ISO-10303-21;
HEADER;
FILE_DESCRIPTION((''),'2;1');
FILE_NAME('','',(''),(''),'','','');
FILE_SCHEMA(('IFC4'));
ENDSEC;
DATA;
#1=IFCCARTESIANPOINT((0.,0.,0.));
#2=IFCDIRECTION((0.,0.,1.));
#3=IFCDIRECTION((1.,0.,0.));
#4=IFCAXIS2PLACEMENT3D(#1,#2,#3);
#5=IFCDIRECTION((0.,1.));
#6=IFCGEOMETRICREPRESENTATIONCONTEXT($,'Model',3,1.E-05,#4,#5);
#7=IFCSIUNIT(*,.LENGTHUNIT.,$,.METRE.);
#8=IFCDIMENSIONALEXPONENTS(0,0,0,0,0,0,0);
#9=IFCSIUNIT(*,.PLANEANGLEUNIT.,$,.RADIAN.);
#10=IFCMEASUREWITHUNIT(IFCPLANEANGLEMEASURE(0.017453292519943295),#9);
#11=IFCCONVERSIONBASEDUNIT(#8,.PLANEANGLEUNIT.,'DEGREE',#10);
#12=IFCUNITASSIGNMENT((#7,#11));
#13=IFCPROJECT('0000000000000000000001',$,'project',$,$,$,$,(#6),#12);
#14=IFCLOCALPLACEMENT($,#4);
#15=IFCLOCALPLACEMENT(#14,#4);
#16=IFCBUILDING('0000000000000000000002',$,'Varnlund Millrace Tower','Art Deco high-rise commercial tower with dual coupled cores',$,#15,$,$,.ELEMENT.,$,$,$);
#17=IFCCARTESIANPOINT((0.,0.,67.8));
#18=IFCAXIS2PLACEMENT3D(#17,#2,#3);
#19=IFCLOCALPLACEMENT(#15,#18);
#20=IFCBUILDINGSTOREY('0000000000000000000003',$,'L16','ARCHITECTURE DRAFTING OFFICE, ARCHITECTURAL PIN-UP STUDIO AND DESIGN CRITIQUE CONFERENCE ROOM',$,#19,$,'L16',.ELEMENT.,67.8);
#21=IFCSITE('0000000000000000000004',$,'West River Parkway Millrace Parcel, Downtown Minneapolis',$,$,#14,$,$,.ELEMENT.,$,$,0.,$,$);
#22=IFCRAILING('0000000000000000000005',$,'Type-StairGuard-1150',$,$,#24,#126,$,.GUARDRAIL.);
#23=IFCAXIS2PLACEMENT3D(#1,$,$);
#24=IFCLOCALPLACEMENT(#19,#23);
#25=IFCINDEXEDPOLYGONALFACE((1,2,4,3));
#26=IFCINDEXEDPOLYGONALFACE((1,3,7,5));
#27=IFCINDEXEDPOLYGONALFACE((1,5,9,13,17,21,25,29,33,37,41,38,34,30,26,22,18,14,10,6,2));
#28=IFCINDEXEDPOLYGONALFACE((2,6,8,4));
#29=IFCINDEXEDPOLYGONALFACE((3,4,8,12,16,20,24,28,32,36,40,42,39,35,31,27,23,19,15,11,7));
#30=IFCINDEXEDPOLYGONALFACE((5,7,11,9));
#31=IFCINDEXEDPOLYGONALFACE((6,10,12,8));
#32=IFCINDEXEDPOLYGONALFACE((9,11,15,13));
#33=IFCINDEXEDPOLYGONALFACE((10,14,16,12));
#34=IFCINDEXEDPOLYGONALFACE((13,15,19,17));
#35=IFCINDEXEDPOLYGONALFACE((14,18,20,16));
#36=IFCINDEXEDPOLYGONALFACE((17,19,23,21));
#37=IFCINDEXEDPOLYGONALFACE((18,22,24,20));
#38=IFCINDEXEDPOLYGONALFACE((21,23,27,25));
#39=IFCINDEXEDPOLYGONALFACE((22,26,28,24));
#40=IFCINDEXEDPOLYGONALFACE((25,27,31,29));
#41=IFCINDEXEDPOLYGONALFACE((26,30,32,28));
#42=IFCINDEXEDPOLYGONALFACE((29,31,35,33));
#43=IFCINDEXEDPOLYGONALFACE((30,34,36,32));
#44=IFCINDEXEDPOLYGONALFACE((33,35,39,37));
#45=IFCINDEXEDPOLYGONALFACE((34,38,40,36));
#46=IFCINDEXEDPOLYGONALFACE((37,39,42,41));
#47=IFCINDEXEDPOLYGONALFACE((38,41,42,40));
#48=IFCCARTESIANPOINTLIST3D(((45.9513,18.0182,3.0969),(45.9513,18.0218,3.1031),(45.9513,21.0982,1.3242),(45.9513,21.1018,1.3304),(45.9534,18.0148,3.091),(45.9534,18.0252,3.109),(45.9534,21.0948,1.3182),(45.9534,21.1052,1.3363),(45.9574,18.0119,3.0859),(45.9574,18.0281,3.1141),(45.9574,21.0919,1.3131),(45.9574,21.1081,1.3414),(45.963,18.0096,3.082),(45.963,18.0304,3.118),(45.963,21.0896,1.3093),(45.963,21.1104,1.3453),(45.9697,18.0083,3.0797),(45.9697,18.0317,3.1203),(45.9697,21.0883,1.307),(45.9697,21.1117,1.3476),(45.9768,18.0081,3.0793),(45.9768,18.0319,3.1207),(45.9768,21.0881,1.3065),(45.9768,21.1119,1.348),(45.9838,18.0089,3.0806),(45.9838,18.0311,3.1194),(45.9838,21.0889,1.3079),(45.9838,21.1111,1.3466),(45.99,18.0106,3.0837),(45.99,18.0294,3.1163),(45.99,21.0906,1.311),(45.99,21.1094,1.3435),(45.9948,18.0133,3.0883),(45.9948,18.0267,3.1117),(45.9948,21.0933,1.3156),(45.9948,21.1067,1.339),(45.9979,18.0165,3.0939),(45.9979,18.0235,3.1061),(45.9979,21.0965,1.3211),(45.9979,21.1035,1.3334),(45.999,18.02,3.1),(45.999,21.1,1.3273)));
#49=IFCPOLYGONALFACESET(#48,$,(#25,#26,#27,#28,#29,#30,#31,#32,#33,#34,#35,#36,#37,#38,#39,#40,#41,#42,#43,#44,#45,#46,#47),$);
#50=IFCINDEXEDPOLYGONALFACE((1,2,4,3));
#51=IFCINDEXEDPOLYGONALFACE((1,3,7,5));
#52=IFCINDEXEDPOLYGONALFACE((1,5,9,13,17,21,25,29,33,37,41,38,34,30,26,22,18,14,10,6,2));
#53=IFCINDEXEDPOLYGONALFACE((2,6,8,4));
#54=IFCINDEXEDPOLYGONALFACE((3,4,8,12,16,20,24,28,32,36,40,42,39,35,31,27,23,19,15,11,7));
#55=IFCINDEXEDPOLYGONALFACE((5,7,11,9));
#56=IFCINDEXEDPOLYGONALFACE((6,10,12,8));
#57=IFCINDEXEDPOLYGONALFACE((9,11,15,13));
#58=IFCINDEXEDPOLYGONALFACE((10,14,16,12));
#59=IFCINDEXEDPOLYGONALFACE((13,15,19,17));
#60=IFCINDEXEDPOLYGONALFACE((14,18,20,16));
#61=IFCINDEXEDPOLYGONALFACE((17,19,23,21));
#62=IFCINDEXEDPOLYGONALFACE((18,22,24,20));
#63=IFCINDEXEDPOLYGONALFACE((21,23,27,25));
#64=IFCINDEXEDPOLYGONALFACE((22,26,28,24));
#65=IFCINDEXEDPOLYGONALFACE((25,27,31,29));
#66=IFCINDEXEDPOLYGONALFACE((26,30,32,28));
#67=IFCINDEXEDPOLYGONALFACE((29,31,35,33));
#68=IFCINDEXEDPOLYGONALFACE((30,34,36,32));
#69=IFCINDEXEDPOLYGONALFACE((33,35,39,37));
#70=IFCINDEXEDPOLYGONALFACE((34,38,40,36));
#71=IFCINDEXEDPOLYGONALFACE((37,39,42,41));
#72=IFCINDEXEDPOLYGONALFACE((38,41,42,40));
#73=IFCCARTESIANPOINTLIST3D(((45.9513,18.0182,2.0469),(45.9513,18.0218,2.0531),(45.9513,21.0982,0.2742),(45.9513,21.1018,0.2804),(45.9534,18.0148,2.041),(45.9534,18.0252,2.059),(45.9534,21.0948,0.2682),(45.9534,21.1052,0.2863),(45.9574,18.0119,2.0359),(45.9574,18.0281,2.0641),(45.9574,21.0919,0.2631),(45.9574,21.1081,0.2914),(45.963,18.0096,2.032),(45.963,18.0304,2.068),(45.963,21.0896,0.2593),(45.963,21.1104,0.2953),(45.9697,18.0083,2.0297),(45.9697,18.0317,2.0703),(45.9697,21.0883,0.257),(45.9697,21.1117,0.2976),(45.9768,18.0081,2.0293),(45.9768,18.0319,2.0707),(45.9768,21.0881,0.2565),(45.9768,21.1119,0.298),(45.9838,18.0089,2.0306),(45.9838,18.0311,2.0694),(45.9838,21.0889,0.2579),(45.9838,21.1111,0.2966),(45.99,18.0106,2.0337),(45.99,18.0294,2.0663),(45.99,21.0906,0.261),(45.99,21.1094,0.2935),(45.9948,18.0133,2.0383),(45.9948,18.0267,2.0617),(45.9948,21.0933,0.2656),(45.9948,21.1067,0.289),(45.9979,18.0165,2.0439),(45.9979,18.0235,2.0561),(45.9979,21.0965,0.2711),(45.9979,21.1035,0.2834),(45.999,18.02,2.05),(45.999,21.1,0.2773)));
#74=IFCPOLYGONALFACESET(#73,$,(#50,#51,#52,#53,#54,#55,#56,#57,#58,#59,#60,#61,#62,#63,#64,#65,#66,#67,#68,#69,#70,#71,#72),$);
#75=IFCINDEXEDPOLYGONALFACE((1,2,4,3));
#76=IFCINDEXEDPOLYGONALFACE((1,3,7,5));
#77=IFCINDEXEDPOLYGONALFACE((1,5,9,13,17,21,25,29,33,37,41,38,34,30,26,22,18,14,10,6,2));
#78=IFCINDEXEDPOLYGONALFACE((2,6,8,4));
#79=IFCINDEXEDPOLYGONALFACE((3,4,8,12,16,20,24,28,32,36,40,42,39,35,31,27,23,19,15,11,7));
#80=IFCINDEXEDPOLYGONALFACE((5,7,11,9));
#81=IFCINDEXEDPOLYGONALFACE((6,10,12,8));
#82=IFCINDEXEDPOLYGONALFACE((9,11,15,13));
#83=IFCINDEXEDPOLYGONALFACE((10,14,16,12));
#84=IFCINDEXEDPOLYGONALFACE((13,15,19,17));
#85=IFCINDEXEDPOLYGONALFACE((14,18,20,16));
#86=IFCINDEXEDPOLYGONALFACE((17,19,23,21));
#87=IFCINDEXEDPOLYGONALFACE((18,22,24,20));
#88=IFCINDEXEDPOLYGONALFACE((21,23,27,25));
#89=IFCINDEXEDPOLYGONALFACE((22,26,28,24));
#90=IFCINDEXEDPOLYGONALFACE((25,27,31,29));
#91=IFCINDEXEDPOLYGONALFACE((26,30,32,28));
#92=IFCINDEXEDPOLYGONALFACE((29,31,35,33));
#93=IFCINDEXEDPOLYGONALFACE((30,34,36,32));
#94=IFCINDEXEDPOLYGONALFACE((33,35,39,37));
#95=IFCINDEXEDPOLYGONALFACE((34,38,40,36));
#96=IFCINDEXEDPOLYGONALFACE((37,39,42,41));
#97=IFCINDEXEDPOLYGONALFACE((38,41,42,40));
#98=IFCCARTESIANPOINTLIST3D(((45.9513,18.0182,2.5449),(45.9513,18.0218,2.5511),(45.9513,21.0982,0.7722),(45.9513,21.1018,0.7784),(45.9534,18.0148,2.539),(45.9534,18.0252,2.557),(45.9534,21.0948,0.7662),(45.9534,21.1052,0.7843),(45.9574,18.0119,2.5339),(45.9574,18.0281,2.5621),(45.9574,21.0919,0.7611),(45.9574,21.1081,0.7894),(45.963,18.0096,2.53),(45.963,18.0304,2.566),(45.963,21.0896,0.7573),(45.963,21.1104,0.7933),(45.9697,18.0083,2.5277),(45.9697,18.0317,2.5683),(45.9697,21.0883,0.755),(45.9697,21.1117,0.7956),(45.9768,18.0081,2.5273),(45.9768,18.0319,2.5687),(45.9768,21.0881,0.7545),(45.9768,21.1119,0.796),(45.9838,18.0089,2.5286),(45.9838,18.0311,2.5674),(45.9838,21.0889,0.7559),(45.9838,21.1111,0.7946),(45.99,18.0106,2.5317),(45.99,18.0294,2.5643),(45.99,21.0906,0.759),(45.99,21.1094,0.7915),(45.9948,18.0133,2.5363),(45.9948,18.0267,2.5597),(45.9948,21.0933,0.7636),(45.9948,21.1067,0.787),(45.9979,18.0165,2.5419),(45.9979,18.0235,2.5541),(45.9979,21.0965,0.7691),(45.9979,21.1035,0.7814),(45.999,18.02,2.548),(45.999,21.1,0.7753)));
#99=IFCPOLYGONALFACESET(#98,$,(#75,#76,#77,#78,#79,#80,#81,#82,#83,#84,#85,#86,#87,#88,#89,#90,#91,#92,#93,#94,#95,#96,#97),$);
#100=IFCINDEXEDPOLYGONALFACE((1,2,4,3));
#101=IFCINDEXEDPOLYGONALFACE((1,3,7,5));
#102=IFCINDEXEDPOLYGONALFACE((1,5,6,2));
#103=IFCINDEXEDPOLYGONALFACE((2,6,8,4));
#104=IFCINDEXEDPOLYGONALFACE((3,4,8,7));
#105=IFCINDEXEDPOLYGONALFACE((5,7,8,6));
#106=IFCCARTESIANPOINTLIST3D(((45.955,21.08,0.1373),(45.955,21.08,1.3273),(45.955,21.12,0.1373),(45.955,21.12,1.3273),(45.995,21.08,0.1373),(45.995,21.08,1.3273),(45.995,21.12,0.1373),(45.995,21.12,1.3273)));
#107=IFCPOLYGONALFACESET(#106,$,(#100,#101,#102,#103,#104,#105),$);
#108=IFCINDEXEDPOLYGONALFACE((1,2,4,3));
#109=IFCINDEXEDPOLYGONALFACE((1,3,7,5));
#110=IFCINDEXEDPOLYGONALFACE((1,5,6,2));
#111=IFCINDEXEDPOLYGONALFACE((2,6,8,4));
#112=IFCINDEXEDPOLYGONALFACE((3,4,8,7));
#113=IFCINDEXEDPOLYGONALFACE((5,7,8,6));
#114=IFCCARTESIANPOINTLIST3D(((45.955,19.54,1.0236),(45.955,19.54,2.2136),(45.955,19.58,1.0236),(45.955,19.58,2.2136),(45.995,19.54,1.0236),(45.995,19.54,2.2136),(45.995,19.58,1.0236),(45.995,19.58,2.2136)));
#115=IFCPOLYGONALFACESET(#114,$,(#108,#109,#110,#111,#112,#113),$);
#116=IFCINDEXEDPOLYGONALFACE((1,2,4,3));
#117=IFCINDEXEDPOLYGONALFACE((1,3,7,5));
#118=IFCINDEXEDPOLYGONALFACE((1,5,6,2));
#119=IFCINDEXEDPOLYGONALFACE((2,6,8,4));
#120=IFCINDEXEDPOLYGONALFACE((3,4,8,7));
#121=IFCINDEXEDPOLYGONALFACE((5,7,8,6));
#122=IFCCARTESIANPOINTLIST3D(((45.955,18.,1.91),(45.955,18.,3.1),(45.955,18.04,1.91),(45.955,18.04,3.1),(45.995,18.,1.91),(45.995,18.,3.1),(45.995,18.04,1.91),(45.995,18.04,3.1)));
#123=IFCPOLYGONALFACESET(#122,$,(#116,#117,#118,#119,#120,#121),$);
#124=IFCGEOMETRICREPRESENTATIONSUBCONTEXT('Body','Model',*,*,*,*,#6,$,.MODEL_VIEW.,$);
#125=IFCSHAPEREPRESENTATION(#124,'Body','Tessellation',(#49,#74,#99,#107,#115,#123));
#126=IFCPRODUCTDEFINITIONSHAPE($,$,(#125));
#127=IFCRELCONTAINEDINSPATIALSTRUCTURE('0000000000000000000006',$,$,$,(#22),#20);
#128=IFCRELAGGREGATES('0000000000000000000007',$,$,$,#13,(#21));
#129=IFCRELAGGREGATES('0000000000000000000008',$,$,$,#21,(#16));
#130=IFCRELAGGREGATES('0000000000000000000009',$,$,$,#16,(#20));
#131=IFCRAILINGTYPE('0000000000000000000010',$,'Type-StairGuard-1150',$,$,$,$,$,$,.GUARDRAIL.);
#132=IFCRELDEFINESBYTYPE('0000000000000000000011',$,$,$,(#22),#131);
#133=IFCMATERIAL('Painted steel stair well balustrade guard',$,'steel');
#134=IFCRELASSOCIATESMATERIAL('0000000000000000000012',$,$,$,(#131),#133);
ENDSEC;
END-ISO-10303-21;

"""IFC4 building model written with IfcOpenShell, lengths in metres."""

from ifc_helpers import new_model, entity, si_unit, converted_unit, direction, frame, origin_with_axes, origin_2d_with_axis, place, context, subcontext, project, spatial, rectangle, circle, extrude, material, type_object, element, save


model = new_model("IFC4")

# Units and contexts
model_context = context("Model", 3, precision=1e-05, world=origin_with_axes(), true_north=direction((0.0, 1.0)))
body_context = subcontext(model_context, "Body", "Model", "MODEL_VIEW")
ifc_project = project(units=[si_unit("LENGTHUNIT", "METRE"), converted_unit("PLANEANGLEUNIT", "DEGREE", entity("IfcPlaneAngleMeasure", 0.017453292519943295), si_unit("PLANEANGLEUNIT", "RADIAN"), dimensions=[0, 0, 0, 0, 0, 0, 0])], contexts=[model_context])

# Site, building, storey
site_placement = place(None, origin_with_axes())
site = spatial("IfcSite", under=ifc_project, at=site_placement, Name="West River Parkway Millrace Parcel, Downtown Minneapolis", CompositionType="ELEMENT", RefElevation=0.0)
building_placement = place(site_placement, origin_with_axes())
building = spatial("IfcBuilding", under=site, at=building_placement, Name="Varnlund Millrace Tower", Description="Art Deco high-rise commercial tower with dual coupled cores", CompositionType="ELEMENT")
storey_placement = place(building_placement, frame((0.0, 0.0, 67.8), z_axis=(0.0, 0.0, 1.0), x_axis=(1.0, 0.0, 0.0)))
storey = spatial("IfcBuildingStorey", under=building, at=storey_placement, Name="L16", Description="ARCHITECTURE DRAFTING OFFICE, ARCHITECTURAL PIN-UP STUDIO AND DESIGN CRITIQUE CONFERENCE ROOM", LongName="L16", CompositionType="ELEMENT", Elevation=67.8)

# Railing
ifc_material_1 = material(Name="Painted steel stair well balustrade guard", Category="steel")
railing_type_1 = type_object("IfcRailingType", Name="Type-StairGuard-1150", PredefinedType="GUARDRAIL", material=ifc_material_1)
railing_1_placement = place(storey_placement, frame((0.0, 0.0, -67.8), z_axis=(0.0, 0.0, 1.0), x_axis=(1.0, 0.0, 0.0)))
element("IfcRailing", 1, at=railing_1_placement, inside=storey, type_object=railing_type_1, Name="Type-StairGuard-1150", PredefinedType="GUARDRAIL", context=body_context, shape_type="SweptSolid", body=[
    extrude(circle(Radius=0.024, at=origin_2d_with_axis()), frame((45.975, 21.1, 69.1273), z_axis=(0.0, -0.866696, 0.498836), x_axis=(1.0, 0.0, 0.0)), (0.0, 0.0, 1.0), 3.5537),
    extrude(circle(Radius=0.024, at=origin_2d_with_axis()), frame((45.975, 21.1, 68.0773), z_axis=(0.0, -0.866696, 0.498836), x_axis=(1.0, 0.0, 0.0)), (0.0, 0.0, 1.0), 3.5537),
    extrude(circle(Radius=0.024, at=origin_2d_with_axis()), frame((45.975, 21.1, 68.5753), z_axis=(0.0, -0.866696, 0.498836), x_axis=(1.0, 0.0, 0.0)), (0.0, 0.0, 1.0), 3.5537),
    extrude(rectangle(XDim=0.04, YDim=0.04, at=origin_2d_with_axis()), frame((45.975, 21.1, 67.9373), z_axis=(0.0, 0.0, 1.0), x_axis=(1.0, 0.0, 0.0)), (0.0, 0.0, 1.0), 1.19),
    extrude(rectangle(XDim=0.04, YDim=0.04, at=origin_2d_with_axis()), frame((45.975, 19.56, 68.8236), z_axis=(0.0, 0.0, 1.0), x_axis=(1.0, 0.0, 0.0)), (0.0, 0.0, 1.0), 1.19),
    extrude(rectangle(XDim=0.04, YDim=0.04, at=origin_2d_with_axis()), frame((45.975, 18.02, 69.71), z_axis=(0.0, 0.0, 1.0), x_axis=(1.0, 0.0, 0.0)), (0.0, 0.0, 1.0), 1.19),
])

save(model, "model.ifc")
